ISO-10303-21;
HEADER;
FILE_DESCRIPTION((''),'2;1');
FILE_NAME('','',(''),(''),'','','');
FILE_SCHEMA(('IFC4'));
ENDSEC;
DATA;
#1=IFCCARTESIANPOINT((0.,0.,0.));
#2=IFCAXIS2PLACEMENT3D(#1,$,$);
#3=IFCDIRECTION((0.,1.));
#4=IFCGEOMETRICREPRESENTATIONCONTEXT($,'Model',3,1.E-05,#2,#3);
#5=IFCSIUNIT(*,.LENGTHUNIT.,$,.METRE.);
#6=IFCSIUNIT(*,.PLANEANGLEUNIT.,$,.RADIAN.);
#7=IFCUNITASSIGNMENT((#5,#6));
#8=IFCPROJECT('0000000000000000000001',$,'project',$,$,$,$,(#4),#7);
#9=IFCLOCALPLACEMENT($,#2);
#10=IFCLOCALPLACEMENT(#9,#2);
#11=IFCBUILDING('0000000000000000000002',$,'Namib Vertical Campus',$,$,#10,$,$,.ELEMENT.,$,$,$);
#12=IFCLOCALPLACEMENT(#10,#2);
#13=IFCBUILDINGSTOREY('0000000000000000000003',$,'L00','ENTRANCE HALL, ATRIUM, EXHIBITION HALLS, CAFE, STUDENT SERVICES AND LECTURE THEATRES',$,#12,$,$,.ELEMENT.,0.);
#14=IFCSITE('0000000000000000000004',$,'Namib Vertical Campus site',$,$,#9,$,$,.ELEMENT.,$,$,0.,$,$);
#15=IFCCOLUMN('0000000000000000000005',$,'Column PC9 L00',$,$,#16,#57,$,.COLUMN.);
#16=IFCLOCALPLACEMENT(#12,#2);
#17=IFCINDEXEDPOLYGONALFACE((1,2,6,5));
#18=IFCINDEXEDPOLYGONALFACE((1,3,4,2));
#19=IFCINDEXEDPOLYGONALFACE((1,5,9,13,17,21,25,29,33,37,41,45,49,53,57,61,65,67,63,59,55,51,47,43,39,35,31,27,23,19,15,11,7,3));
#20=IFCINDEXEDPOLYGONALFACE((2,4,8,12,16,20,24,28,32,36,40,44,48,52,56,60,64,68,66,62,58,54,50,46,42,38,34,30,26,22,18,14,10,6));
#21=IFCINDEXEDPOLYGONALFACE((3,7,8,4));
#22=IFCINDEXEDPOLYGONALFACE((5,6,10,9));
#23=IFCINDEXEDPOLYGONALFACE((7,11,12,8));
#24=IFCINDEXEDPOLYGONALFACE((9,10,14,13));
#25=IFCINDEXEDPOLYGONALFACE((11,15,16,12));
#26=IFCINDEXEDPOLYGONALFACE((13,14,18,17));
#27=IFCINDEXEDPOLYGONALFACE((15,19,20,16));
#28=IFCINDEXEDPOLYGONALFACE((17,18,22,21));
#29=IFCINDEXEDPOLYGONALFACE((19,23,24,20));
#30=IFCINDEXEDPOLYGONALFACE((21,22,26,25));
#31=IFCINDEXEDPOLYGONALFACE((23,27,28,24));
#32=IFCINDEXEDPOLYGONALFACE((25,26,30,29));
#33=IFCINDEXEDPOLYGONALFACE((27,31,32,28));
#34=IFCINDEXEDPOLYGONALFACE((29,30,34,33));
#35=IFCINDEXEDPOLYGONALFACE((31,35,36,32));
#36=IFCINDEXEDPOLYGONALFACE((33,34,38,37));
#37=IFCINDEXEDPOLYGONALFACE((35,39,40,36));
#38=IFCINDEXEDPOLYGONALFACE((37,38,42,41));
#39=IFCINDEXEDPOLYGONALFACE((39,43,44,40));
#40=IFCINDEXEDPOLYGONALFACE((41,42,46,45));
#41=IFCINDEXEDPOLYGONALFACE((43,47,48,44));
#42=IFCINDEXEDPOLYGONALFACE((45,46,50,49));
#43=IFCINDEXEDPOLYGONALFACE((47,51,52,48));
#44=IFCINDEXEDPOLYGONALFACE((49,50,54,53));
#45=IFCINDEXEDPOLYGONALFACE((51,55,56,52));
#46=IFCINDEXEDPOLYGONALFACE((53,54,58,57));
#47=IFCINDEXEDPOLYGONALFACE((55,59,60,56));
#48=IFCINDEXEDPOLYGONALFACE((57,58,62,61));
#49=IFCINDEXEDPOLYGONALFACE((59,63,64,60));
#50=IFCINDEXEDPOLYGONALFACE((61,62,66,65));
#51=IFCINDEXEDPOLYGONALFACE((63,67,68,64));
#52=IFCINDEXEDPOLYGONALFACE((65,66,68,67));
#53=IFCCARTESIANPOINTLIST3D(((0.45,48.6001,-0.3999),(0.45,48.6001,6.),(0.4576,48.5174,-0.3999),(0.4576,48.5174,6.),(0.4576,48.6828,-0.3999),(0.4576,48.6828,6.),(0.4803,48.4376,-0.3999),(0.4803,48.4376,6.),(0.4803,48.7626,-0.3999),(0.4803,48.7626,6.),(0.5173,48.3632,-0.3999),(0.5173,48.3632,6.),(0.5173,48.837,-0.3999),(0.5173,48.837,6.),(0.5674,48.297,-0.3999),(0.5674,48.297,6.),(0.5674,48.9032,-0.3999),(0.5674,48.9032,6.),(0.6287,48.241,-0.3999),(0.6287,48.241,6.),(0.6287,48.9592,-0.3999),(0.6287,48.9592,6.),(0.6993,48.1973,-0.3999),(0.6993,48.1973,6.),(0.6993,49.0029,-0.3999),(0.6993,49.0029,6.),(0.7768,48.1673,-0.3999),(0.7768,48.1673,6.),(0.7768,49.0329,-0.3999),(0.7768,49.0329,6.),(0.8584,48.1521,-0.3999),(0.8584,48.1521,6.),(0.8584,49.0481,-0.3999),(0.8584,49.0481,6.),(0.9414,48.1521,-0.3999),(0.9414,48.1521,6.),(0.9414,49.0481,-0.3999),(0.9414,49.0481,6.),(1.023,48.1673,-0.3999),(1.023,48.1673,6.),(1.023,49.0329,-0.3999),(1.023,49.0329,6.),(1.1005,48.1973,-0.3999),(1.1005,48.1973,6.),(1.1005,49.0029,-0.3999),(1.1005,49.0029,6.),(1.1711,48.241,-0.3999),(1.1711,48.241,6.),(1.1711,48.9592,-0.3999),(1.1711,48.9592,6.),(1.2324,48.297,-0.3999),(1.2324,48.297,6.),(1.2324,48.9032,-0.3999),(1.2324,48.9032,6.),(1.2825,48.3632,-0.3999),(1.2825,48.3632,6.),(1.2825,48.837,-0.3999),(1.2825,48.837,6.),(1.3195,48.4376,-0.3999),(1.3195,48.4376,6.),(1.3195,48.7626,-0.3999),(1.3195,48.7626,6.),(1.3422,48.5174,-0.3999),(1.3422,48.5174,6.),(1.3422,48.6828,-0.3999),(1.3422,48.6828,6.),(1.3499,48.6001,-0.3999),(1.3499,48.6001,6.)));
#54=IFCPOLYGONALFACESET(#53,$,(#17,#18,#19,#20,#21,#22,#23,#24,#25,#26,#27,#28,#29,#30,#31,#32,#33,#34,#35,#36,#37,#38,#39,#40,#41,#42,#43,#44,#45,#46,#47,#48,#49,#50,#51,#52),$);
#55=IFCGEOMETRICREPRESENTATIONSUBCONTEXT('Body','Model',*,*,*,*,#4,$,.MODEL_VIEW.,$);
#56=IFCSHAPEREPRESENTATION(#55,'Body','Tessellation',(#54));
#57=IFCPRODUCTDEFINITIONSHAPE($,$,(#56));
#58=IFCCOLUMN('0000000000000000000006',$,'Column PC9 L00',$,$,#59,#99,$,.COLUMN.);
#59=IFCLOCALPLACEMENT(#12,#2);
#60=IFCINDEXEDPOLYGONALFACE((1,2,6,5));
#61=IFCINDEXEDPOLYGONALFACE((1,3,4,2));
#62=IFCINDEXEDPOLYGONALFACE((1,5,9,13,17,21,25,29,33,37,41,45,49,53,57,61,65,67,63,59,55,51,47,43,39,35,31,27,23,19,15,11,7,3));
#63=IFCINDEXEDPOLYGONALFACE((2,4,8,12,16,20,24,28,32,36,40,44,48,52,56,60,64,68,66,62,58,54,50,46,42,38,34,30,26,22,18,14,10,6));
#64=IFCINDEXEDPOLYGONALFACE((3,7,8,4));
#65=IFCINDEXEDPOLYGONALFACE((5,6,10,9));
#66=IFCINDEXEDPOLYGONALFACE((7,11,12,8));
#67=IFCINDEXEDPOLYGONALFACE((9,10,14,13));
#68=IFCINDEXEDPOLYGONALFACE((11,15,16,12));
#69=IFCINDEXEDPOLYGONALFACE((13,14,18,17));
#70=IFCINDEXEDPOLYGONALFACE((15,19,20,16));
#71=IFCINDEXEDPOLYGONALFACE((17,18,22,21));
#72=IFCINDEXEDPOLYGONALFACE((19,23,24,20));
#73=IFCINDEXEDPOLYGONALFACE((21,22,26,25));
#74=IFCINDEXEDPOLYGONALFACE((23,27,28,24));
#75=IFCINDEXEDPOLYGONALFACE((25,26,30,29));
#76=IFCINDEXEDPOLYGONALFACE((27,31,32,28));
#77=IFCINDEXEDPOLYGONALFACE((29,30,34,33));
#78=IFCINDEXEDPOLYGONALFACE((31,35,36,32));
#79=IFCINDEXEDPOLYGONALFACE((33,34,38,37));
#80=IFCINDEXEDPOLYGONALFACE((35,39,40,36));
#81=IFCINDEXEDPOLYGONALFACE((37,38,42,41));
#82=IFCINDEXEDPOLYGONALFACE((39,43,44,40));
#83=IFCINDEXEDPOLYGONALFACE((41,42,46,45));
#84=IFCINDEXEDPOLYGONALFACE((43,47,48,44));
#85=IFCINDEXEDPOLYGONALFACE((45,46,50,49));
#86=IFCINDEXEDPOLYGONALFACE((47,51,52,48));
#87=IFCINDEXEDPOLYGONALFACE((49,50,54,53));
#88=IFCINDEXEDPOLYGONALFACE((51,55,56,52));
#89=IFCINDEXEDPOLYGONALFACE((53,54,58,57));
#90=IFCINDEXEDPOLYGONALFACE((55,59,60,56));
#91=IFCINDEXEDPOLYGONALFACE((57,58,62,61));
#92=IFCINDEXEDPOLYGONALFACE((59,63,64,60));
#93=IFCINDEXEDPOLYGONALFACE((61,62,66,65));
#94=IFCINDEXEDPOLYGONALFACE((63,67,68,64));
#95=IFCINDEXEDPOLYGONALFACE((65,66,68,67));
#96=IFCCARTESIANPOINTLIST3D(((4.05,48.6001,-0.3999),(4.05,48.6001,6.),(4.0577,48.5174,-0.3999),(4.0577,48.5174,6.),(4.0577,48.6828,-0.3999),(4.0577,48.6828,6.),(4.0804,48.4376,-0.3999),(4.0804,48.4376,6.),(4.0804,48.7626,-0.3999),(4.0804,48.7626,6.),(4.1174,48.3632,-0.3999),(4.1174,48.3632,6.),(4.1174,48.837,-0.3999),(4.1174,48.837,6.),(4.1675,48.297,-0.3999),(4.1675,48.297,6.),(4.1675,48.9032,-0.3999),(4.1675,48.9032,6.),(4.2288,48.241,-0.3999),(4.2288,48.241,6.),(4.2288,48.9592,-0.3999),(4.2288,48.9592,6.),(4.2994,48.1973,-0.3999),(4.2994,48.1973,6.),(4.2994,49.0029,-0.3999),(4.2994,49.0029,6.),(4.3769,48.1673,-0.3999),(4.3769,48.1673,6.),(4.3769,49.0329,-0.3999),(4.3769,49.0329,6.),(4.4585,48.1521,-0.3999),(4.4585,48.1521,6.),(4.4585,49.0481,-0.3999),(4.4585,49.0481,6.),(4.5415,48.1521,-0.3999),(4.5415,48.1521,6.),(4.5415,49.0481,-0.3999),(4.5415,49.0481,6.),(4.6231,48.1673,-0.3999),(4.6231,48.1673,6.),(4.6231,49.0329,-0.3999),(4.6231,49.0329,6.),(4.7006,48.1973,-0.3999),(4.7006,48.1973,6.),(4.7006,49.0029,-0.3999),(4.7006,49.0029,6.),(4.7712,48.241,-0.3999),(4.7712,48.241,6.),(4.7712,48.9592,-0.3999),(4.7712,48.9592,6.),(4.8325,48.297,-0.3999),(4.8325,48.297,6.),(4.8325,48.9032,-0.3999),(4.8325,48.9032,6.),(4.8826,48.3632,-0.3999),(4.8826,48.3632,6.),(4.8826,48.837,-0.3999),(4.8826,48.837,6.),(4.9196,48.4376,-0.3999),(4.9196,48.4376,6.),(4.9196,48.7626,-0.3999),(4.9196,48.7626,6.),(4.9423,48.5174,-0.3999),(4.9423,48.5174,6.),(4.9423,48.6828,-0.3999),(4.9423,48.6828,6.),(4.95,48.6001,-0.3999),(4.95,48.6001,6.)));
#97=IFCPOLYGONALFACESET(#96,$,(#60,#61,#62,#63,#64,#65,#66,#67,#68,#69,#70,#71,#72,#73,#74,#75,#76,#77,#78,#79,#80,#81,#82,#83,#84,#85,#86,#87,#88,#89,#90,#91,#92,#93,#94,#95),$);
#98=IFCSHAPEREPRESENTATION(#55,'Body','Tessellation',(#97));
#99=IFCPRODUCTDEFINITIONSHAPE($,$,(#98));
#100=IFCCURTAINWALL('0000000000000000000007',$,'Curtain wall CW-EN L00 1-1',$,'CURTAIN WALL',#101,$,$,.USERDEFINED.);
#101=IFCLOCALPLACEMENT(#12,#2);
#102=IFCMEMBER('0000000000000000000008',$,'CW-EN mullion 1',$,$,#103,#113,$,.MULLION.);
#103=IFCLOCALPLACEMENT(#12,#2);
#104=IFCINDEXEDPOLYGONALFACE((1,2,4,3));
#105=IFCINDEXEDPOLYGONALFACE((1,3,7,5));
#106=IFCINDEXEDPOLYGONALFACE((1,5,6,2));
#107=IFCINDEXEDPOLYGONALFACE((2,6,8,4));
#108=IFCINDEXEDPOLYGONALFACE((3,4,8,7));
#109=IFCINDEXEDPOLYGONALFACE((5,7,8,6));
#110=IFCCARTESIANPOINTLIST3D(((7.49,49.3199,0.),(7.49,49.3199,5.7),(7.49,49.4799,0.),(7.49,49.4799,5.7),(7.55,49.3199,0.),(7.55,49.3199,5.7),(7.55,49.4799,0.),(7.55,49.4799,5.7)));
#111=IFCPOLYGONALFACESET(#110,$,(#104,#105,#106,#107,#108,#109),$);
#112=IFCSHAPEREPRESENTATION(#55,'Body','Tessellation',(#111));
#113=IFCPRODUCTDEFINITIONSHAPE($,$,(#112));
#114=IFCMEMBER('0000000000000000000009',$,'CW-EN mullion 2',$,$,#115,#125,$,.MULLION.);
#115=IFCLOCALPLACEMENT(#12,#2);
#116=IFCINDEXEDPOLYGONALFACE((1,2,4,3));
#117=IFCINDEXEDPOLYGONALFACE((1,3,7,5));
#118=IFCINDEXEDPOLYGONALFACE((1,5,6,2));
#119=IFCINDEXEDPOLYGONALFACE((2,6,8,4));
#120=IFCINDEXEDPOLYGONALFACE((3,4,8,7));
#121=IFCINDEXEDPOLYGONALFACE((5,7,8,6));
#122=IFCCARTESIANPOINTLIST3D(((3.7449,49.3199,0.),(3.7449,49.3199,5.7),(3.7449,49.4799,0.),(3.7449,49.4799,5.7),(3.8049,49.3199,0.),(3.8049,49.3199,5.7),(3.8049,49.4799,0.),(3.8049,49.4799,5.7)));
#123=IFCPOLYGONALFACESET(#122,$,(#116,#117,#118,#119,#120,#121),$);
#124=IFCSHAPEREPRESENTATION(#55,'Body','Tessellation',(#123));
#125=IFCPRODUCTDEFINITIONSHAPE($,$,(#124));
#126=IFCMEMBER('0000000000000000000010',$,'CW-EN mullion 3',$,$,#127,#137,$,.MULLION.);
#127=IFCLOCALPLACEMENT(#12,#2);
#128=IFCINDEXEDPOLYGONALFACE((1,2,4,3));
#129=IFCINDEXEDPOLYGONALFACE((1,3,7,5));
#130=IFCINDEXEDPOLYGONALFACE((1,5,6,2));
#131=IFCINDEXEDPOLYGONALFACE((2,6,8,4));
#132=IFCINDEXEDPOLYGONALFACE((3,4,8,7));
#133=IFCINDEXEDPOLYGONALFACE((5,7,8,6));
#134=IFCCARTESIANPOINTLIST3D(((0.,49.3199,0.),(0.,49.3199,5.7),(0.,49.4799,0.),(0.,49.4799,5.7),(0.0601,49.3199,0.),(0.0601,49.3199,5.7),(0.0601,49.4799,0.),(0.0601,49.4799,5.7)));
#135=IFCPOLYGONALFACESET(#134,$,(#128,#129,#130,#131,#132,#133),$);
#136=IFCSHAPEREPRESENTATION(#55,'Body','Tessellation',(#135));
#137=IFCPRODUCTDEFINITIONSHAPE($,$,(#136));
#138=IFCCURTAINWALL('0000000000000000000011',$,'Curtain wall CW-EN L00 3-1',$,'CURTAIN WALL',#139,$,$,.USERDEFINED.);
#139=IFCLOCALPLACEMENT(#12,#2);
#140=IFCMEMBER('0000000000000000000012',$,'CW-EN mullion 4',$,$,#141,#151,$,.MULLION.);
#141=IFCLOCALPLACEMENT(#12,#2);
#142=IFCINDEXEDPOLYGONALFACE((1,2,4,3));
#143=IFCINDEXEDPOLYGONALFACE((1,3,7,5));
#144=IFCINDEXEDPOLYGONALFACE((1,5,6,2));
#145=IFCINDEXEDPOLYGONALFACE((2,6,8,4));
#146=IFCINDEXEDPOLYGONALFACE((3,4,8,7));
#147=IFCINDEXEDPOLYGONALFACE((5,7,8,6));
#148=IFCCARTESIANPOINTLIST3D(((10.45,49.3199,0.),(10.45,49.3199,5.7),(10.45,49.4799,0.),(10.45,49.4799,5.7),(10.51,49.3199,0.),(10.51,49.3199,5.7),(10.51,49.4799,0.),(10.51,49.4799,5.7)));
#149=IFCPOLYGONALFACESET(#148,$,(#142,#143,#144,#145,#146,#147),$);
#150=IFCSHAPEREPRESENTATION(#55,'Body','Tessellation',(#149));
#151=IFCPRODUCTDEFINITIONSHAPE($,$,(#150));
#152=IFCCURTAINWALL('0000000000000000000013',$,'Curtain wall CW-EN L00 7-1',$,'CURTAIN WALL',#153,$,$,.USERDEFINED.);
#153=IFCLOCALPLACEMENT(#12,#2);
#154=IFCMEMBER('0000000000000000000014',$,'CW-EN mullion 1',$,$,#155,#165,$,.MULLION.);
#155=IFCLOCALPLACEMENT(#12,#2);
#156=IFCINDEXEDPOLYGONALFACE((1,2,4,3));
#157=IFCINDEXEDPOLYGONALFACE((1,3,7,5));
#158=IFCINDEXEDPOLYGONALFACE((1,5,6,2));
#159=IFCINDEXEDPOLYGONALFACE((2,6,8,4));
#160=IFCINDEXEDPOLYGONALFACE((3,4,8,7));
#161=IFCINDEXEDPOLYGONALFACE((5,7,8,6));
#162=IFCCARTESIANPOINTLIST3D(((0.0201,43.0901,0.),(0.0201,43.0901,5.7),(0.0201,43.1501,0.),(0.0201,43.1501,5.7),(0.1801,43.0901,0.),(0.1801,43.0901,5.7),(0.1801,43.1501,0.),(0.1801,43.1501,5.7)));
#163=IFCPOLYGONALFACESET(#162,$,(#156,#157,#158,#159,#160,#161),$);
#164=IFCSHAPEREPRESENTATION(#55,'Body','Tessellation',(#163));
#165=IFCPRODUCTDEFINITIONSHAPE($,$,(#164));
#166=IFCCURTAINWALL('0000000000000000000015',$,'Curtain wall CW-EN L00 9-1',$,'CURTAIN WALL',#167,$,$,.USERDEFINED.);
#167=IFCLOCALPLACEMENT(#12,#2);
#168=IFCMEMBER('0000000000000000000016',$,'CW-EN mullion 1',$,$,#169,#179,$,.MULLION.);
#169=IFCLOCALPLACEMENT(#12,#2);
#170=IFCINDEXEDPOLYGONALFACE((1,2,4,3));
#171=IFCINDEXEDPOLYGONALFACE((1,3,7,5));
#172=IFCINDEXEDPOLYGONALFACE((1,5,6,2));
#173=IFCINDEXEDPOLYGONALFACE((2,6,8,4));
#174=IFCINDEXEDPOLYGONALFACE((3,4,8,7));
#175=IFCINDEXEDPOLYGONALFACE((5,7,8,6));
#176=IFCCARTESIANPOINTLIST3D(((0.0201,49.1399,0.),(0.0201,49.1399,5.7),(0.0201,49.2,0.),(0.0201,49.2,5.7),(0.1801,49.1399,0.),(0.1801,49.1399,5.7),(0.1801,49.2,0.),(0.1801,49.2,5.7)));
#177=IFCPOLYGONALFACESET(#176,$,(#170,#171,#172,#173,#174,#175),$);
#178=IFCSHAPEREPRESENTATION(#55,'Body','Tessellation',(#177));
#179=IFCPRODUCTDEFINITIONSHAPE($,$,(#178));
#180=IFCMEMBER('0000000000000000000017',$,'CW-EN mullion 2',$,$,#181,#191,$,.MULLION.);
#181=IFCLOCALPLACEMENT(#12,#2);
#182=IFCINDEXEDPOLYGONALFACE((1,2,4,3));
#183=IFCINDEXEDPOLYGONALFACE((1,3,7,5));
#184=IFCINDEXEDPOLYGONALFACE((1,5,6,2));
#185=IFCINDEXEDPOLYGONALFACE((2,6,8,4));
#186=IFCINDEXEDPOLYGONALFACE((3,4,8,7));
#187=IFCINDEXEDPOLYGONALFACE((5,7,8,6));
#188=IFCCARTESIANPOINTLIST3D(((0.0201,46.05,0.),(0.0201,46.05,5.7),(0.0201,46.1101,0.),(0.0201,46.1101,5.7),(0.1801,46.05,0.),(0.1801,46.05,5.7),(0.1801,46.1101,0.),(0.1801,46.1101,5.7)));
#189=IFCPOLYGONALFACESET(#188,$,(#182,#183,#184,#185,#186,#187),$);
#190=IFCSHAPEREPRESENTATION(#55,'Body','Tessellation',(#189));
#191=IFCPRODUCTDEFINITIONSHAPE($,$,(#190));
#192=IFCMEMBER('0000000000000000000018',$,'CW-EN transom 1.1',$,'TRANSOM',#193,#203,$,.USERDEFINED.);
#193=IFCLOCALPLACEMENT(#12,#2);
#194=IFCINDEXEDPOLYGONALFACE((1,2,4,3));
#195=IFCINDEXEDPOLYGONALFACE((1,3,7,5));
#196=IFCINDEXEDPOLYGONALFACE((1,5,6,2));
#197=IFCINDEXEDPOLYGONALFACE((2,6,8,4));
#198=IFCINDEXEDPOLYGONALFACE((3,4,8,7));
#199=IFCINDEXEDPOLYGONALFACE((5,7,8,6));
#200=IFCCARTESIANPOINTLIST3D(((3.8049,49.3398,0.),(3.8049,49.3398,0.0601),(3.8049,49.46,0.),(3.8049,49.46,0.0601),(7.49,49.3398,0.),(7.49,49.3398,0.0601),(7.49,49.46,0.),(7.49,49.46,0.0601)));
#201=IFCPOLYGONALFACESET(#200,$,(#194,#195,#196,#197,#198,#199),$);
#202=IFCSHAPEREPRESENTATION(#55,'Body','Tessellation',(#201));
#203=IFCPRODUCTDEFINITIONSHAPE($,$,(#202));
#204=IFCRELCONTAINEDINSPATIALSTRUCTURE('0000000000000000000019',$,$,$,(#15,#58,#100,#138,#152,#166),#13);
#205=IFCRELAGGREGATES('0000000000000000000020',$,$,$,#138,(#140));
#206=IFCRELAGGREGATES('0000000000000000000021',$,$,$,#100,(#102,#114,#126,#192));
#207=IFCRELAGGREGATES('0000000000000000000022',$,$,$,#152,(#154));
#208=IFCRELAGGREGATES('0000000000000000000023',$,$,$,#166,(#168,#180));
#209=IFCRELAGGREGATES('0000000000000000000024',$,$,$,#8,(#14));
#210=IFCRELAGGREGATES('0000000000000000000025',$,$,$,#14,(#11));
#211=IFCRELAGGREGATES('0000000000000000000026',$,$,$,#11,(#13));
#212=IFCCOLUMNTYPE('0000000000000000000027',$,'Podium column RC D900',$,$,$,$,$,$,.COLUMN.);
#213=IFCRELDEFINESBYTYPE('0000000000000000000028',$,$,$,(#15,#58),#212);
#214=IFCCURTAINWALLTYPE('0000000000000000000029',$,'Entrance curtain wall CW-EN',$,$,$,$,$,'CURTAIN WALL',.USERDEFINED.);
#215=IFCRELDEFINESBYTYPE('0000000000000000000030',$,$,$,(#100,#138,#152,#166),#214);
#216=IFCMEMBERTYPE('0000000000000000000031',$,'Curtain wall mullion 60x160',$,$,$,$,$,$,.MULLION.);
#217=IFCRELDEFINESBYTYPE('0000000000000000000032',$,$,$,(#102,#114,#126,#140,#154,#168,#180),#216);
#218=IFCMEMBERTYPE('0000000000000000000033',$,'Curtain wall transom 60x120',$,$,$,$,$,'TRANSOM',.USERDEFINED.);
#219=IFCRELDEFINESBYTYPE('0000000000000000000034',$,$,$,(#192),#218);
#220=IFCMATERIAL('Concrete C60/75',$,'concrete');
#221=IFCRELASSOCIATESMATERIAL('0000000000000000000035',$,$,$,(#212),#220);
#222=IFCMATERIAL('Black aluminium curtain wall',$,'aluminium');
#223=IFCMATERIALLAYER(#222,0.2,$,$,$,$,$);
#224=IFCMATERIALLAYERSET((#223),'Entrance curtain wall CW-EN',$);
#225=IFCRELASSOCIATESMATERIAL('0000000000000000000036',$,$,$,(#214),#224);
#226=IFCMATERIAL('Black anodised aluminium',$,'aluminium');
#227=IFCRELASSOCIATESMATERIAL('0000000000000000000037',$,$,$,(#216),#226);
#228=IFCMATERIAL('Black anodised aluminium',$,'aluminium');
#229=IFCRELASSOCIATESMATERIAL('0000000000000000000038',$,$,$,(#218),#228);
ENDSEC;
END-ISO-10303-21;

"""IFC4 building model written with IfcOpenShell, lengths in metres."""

from ifc_helpers import new_model, si_unit, direction, frame, origin, origin_2d, place, context, subcontext, project, spatial, rectangle, circle, extrude, material, layer, layer_set, material_profile, profile_set, type_object, element, aggregate, save


model = new_model("IFC4")

# Units and contexts
model_context = context("Model", 3, precision=1e-05, world=origin(), true_north=direction((0.0, 1.0)))
body_context = subcontext(model_context, "Body", "Model", "MODEL_VIEW")
ifc_project = project(units=[si_unit("LENGTHUNIT", "METRE"), si_unit("PLANEANGLEUNIT", "RADIAN")], contexts=[model_context])

# Site, building, storey
site_placement = place(None, origin())
site = spatial("IfcSite", under=ifc_project, at=site_placement, Name="Namib Vertical Campus site", CompositionType="ELEMENT", RefElevation=0.0)
building_placement = place(site_placement, origin())
building = spatial("IfcBuilding", under=site, at=building_placement, Name="Namib Vertical Campus", CompositionType="ELEMENT")
storey_placement = place(building_placement, origin())
storey = spatial("IfcBuildingStorey", under=building, at=storey_placement, Name="L00", Description="ENTRANCE HALL, ATRIUM, EXHIBITION HALLS, CAFE, STUDENT SERVICES AND LECTURE THEATRES", CompositionType="ELEMENT", Elevation=0.0)

# Columns
ifc_material_1 = material(Name="Concrete C60/75", Category="concrete")
ifc_material_profile_1 = material_profile(ifc_material_1, circle(Radius=0.45, at=origin_2d()))
ifc_profile_set_1 = profile_set([ifc_material_profile_1], Name="Concrete C60/75")
column_type = type_object("IfcColumnType", Name="Podium column RC D900", PredefinedType="COLUMN", material=ifc_profile_set_1)
for number, where, z_axis, x_axis, name in (
    (1, (0.8999, 48.6001, -0.3999), (0.0, 0.0, 1.0), (1.0, 0.0, 0.0), "Column PC9 L00"),
    (2, (4.5, 48.6001, -0.3999), (0.0, 0.0, 1.0), (1.0, 0.0, 0.0), "Column PC9 L00"),
):
    element("IfcColumn", number, at=place(storey_placement, frame(where, z_axis=z_axis, x_axis=x_axis)), inside=storey, type_object=column_type, Name=name, PredefinedType="COLUMN", context=body_context, shape_type="SweptSolid", body=[
        extrude(circle(Radius=0.45, at=origin_2d()), origin(), (0.0, 0.0, 1.0), 6.3999),
    ])

# Curtain wall, members
ifc_material_2 = material(Name="Black aluminium curtain wall", Category="aluminium")
ifc_layer_1 = layer(ifc_material_2, 0.2)
ifc_layer_set_1 = layer_set([ifc_layer_1], Name="Entrance curtain wall CW-EN")
curtain_wall_type = type_object("IfcCurtainWallType", Name="Entrance curtain wall CW-EN", ElementType="CURTAIN WALL", PredefinedType="USERDEFINED", material=ifc_layer_set_1)
curtain_wall_1_placement = place(storey_placement, origin())
curtain_wall_1 = element("IfcCurtainWall", 3, at=curtain_wall_1_placement, inside=storey, type_object=curtain_wall_type, Name="Curtain wall CW-EN L00 1-1", ObjectType="CURTAIN WALL", PredefinedType="USERDEFINED")
ifc_material_3 = material(Name="Black anodised aluminium", Category="aluminium")
ifc_material_profile_2 = material_profile(ifc_material_3, rectangle(XDim=0.0601, YDim=0.1599, at=origin_2d()))
ifc_profile_set_2 = profile_set([ifc_material_profile_2], Name="Black anodised aluminium")
member_type_1 = type_object("IfcMemberType", Name="Curtain wall mullion 60x160", PredefinedType="MULLION", material=ifc_profile_set_2)
member_1_placement = place(storey_placement, frame((7.52, 49.3999, 0.0), z_axis=(0.0, 0.0, 1.0), x_axis=(-1.0, 0.0, 0.0)))
member_1 = element("IfcMember", 4, at=member_1_placement, type_object=member_type_1, Name="CW-EN mullion 1", PredefinedType="MULLION", context=body_context, shape_type="SweptSolid", body=[
    extrude(rectangle(XDim=0.0601, YDim=0.1599, at=origin_2d()), origin(), (0.0, 0.0, 1.0), 5.7),
])
member_2_placement = place(storey_placement, frame((3.7749, 49.3999, 0.0), z_axis=(0.0, 0.0, 1.0), x_axis=(-1.0, 0.0, 0.0)))
member_2 = element("IfcMember", 5, at=member_2_placement, type_object=member_type_1, Name="CW-EN mullion 2", PredefinedType="MULLION", context=body_context, shape_type="SweptSolid", body=[
    extrude(rectangle(XDim=0.0601, YDim=0.1599, at=origin_2d()), origin(), (0.0, 0.0, 1.0), 5.7),
])
member_3_placement = place(storey_placement, frame((0.03, 49.3999, 0.0), z_axis=(0.0, 0.0, 1.0), x_axis=(-1.0, 0.0, 0.0)))
member_3 = element("IfcMember", 6, at=member_3_placement, type_object=member_type_1, Name="CW-EN mullion 3", PredefinedType="MULLION", context=body_context, shape_type="SweptSolid", body=[
    extrude(rectangle(XDim=0.0601, YDim=0.1599, at=origin_2d()), origin(), (0.0, 0.0, 1.0), 5.7),
])

# Curtain walls, members
curtain_wall_2_placement = place(storey_placement, origin())
curtain_wall_2 = element("IfcCurtainWall", 7, at=curtain_wall_2_placement, inside=storey, type_object=curtain_wall_type, Name="Curtain wall CW-EN L00 3-1", ObjectType="CURTAIN WALL", PredefinedType="USERDEFINED")
member_4_placement = place(storey_placement, frame((10.48, 49.3999, 0.0), z_axis=(0.0, 0.0, 1.0), x_axis=(-1.0, 0.0, 0.0)))
member_4 = element("IfcMember", 8, at=member_4_placement, type_object=member_type_1, Name="CW-EN mullion 4", PredefinedType="MULLION", context=body_context, shape_type="SweptSolid", body=[
    extrude(rectangle(XDim=0.0601, YDim=0.1599, at=origin_2d()), origin(), (0.0, 0.0, 1.0), 5.7),
])
aggregate(curtain_wall_2, [member_4])
curtain_wall_3_placement = place(storey_placement, origin())
curtain_wall_3 = element("IfcCurtainWall", 9, at=curtain_wall_3_placement, inside=storey, type_object=curtain_wall_type, Name="Curtain wall CW-EN L00 7-1", ObjectType="CURTAIN WALL", PredefinedType="USERDEFINED")
member_5_placement = place(storey_placement, frame((0.1001, 43.1201, 0.0), z_axis=(0.0, 0.0, 1.0), x_axis=(0.0, -1.0, 0.0)))
member_5 = element("IfcMember", 10, at=member_5_placement, type_object=member_type_1, Name="CW-EN mullion 1", PredefinedType="MULLION", context=body_context, shape_type="SweptSolid", body=[
    extrude(rectangle(XDim=0.0601, YDim=0.1599, at=origin_2d()), origin(), (0.0, 0.0, 1.0), 5.7),
])

# Curtain wall, members
curtain_wall_4_placement = place(storey_placement, origin())
curtain_wall_4 = element("IfcCurtainWall", 11, at=curtain_wall_4_placement, inside=storey, type_object=curtain_wall_type, Name="Curtain wall CW-EN L00 9-1", ObjectType="CURTAIN WALL", PredefinedType="USERDEFINED")
member_6_placement = place(storey_placement, frame((0.1001, 49.1699, 0.0), z_axis=(0.0, 0.0, 1.0), x_axis=(0.0, -1.0, 0.0)))
member_6 = element("IfcMember", 12, at=member_6_placement, type_object=member_type_1, Name="CW-EN mullion 1", PredefinedType="MULLION", context=body_context, shape_type="SweptSolid", body=[
    extrude(rectangle(XDim=0.0601, YDim=0.1599, at=origin_2d()), origin(), (0.0, 0.0, 1.0), 5.7),
])
member_7_placement = place(storey_placement, frame((0.1001, 46.0801, 0.0), z_axis=(0.0, 0.0, 1.0), x_axis=(0.0, -1.0, 0.0)))
member_7 = element("IfcMember", 13, at=member_7_placement, type_object=member_type_1, Name="CW-EN mullion 2", PredefinedType="MULLION", context=body_context, shape_type="SweptSolid", body=[
    extrude(rectangle(XDim=0.0601, YDim=0.1599, at=origin_2d()), origin(), (0.0, 0.0, 1.0), 5.7),
])

# Member
ifc_material_4 = material(Name="Black anodised aluminium", Category="aluminium")
ifc_material_profile_3 = material_profile(ifc_material_4, rectangle(XDim=0.0601, YDim=0.1201, at=origin_2d()))
ifc_profile_set_3 = profile_set([ifc_material_profile_3], Name="Black anodised aluminium")
member_type_2 = type_object("IfcMemberType", Name="Curtain wall transom 60x120", ElementType="TRANSOM", PredefinedType="USERDEFINED", material=ifc_profile_set_3)
member_8_placement = place(storey_placement, frame((7.49, 49.3999, 0.03), z_axis=(-1.0, 0.0, 0.0), x_axis=(0.0, 0.0, 1.0)))
member_8 = element("IfcMember", 14, at=member_8_placement, type_object=member_type_2, Name="CW-EN transom 1.1", ObjectType="TRANSOM", PredefinedType="USERDEFINED", context=body_context, shape_type="SweptSolid", body=[
    extrude(rectangle(XDim=0.0601, YDim=0.1201, at=origin_2d()), origin(), (0.0, 0.0, 1.0), 3.6851),
])

aggregate(curtain_wall_1, [member_1, member_2, member_3, member_8])
aggregate(curtain_wall_3, [member_5])
aggregate(curtain_wall_4, [member_6, member_7])

save(model, "model.ifc")
